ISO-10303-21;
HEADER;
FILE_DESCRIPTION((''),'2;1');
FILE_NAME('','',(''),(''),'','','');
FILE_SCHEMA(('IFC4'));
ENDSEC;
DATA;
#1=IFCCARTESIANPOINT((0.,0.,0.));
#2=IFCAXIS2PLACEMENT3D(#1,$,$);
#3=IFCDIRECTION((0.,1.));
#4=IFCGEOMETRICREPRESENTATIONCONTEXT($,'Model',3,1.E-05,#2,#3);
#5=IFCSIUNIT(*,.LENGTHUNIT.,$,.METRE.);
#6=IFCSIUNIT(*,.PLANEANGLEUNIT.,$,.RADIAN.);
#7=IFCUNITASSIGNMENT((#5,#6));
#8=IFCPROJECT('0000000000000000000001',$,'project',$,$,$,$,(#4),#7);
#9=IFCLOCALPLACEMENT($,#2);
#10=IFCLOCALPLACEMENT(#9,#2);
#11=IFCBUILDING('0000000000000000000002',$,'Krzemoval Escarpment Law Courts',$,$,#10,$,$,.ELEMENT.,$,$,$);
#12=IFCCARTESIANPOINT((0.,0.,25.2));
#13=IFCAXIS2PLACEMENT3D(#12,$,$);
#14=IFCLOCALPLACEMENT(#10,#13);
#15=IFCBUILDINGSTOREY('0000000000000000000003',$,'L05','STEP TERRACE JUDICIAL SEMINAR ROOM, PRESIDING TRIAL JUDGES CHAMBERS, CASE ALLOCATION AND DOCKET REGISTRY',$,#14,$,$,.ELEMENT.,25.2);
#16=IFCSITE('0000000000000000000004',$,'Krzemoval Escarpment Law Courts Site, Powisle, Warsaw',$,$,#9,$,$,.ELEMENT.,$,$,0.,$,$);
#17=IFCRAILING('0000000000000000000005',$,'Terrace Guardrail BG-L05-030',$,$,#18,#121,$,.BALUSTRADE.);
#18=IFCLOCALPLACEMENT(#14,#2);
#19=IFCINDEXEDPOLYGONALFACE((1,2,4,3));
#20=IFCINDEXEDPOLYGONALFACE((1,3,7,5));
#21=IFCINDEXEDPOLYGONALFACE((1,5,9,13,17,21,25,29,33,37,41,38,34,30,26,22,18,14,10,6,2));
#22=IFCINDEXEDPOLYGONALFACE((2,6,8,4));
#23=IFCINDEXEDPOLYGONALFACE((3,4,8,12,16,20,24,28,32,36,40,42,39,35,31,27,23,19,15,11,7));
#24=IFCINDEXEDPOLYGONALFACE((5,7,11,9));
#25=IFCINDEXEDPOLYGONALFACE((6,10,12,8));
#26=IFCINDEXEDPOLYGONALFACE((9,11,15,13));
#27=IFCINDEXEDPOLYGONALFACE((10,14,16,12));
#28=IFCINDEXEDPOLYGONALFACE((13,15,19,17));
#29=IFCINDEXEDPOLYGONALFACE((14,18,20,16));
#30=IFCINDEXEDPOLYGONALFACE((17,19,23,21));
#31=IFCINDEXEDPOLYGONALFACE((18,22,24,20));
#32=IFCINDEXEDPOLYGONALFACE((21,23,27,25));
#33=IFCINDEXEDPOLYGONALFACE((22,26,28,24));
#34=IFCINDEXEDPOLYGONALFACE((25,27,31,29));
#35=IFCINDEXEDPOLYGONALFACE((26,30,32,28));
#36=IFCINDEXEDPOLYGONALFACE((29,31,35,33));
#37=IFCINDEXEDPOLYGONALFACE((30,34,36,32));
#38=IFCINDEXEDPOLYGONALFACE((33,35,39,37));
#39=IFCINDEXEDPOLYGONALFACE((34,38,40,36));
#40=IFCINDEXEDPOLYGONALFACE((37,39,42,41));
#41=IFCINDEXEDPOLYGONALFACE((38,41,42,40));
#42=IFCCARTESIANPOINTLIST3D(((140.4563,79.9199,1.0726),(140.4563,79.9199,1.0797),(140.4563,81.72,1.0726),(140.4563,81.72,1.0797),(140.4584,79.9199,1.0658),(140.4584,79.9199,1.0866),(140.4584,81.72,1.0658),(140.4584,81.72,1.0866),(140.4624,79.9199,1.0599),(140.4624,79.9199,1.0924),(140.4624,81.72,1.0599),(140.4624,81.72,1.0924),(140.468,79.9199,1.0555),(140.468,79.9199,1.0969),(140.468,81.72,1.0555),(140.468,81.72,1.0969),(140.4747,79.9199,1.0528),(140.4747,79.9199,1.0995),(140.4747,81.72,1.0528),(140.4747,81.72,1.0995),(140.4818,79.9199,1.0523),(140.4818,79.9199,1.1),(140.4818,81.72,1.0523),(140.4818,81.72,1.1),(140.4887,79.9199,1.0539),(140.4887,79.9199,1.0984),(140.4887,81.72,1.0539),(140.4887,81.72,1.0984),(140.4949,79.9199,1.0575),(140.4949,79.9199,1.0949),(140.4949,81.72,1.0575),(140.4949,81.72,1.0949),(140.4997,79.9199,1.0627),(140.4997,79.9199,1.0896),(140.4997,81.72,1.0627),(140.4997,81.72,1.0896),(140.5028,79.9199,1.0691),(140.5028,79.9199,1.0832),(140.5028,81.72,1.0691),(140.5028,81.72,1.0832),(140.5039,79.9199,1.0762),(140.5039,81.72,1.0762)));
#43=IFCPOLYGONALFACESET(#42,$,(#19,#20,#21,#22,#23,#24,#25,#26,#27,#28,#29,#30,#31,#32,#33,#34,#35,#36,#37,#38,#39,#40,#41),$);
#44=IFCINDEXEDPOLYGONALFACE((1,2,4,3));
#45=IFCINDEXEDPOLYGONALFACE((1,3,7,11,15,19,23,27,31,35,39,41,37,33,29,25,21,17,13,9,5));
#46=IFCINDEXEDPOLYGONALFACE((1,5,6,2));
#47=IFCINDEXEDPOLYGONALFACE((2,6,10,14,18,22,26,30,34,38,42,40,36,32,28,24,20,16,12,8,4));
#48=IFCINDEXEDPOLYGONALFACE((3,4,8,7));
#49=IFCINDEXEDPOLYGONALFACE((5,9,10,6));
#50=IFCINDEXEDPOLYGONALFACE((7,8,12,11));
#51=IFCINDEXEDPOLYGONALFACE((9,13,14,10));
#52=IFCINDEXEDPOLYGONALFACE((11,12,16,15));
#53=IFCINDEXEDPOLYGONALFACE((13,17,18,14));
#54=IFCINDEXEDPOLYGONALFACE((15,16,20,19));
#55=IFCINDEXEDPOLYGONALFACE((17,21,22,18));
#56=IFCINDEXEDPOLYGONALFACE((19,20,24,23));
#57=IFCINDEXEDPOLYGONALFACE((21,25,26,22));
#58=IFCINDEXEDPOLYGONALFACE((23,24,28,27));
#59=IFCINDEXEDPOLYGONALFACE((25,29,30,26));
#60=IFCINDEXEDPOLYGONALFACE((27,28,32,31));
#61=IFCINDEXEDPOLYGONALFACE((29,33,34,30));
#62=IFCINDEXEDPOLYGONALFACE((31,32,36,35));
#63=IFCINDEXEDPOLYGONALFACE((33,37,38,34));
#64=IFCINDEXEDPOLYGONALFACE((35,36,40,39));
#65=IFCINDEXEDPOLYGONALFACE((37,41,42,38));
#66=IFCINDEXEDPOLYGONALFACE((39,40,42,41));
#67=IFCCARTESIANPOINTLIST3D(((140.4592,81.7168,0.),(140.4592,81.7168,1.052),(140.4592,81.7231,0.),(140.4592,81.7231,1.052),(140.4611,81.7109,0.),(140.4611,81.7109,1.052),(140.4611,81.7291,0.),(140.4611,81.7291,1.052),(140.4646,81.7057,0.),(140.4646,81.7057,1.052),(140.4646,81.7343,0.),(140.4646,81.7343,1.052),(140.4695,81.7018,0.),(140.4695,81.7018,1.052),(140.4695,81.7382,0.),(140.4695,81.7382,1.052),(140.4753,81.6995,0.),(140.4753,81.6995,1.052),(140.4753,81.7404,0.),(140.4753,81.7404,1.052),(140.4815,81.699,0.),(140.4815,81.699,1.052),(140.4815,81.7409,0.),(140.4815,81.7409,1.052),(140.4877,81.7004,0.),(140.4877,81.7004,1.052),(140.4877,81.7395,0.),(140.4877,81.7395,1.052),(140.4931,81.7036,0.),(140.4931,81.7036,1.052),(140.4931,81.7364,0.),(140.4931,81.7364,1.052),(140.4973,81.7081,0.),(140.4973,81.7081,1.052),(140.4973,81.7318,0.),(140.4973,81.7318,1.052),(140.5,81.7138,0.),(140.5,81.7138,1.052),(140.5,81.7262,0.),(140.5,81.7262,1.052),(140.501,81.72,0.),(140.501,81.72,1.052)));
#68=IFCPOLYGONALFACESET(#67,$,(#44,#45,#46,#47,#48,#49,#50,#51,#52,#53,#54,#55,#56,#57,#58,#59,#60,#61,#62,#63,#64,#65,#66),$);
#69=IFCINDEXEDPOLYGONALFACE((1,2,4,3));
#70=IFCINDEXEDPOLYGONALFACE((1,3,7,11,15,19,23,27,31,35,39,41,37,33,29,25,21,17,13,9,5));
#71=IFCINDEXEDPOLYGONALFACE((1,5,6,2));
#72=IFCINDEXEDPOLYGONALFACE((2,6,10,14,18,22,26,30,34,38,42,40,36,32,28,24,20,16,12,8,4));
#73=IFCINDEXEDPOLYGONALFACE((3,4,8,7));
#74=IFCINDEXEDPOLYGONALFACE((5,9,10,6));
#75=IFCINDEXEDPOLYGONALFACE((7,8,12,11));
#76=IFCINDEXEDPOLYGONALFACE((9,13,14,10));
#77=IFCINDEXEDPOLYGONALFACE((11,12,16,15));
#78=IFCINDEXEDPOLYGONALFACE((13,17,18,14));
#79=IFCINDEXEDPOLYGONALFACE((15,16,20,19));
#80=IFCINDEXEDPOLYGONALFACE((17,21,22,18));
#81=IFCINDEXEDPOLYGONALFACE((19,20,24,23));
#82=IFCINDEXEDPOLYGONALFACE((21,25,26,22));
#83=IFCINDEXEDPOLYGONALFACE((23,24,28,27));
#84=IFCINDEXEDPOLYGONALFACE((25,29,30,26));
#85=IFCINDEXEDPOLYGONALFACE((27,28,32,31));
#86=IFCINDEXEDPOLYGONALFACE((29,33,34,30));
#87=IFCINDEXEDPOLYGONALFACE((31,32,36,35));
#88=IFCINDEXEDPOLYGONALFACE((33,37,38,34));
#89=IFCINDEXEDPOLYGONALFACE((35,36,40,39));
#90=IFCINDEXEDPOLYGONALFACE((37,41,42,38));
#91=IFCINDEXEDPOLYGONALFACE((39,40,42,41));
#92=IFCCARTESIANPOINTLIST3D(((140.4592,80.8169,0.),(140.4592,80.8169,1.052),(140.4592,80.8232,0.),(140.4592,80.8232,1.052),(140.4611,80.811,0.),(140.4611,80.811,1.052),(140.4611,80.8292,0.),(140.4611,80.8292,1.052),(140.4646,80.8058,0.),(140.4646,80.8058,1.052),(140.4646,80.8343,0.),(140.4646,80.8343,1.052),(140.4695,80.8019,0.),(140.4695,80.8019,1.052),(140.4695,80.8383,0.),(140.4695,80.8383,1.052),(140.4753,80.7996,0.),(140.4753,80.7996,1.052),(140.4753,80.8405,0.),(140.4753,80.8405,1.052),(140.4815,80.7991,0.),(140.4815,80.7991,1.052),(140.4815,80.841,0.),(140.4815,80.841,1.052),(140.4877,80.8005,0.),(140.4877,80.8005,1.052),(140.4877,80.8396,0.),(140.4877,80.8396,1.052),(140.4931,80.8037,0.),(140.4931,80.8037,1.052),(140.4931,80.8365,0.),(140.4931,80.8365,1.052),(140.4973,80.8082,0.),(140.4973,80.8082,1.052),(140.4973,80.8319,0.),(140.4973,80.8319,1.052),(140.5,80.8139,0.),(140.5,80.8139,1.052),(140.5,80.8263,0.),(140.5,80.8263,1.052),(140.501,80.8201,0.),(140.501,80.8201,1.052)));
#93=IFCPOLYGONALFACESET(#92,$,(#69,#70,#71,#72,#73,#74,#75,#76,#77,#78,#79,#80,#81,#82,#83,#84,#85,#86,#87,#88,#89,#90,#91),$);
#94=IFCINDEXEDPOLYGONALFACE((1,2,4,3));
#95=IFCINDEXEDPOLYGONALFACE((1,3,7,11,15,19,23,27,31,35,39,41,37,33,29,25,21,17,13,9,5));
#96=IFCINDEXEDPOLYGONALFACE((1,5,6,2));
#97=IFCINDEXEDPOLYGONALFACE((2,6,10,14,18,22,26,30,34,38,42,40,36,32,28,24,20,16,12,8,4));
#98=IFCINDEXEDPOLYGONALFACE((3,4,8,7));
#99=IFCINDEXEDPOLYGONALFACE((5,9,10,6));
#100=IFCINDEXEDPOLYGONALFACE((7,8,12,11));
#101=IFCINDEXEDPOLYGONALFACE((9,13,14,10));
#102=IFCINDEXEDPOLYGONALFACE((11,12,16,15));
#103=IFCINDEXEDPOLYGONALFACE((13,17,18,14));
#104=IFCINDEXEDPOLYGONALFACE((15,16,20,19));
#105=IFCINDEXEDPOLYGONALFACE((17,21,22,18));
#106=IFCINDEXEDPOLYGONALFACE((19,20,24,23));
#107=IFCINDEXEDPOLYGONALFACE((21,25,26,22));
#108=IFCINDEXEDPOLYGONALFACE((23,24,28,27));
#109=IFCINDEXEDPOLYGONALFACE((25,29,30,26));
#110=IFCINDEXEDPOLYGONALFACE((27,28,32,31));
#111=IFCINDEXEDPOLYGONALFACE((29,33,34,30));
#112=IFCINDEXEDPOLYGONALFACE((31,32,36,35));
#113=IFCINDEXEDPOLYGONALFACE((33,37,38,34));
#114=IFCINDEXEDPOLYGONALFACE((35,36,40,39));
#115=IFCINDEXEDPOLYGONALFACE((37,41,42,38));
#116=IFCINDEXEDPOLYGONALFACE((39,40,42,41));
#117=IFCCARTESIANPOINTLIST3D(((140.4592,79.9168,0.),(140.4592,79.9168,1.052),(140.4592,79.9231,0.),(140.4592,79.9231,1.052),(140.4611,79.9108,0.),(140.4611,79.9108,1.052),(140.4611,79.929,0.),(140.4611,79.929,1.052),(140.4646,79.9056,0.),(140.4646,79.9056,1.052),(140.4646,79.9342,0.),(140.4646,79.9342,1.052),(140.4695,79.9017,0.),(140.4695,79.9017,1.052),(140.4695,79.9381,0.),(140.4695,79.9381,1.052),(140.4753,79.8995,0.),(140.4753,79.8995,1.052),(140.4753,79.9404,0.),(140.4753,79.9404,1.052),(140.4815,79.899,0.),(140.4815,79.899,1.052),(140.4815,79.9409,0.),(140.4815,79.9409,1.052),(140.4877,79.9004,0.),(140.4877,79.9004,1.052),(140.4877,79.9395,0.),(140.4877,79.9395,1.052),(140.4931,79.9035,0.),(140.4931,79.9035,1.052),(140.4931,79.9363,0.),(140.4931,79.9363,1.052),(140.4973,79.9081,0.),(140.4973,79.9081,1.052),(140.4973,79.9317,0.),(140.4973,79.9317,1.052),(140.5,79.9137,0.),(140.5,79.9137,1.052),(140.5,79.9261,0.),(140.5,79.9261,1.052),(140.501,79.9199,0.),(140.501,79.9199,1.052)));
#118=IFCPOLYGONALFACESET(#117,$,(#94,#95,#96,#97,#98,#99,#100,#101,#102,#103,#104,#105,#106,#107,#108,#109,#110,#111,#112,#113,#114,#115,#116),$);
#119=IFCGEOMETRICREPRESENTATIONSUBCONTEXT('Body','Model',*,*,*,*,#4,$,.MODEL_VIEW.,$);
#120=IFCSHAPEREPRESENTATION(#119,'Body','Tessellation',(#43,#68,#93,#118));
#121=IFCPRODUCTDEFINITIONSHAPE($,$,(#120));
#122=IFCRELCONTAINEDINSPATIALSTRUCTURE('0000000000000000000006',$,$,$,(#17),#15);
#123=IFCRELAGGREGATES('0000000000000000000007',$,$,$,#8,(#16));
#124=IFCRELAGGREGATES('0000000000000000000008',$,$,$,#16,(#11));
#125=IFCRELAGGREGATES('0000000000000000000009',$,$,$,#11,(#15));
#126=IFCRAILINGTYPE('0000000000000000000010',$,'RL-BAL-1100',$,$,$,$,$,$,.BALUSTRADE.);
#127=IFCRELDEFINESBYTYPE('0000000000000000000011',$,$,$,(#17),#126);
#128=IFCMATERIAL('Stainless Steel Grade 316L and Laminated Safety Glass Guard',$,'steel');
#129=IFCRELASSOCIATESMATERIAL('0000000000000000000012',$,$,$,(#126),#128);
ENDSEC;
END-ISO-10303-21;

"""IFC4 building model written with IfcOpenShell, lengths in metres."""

from ifc_helpers import new_model, si_unit, direction, frame, origin, origin_2d, place, context, subcontext, project, spatial, circle, extrude, material, type_object, element, save


model = new_model("IFC4")

# Units and contexts
model_context = context("Model", 3, precision=1e-05, world=origin(), true_north=direction((0.0, 1.0)))
body_context = subcontext(model_context, "Body", "Model", "MODEL_VIEW")
ifc_project = project(units=[si_unit("LENGTHUNIT", "METRE"), si_unit("PLANEANGLEUNIT", "RADIAN")], contexts=[model_context])

# Site, building, storey
site_placement = place(None, origin())
site = spatial("IfcSite", under=ifc_project, at=site_placement, Name="Krzemoval Escarpment Law Courts Site, Powisle, Warsaw", CompositionType="ELEMENT", RefElevation=0.0)
building_placement = place(site_placement, origin())
building = spatial("IfcBuilding", under=site, at=building_placement, Name="Krzemoval Escarpment Law Courts", CompositionType="ELEMENT")
storey_placement = place(building_placement, frame((0.0, 0.0, 25.2)))
storey = spatial("IfcBuildingStorey", under=building, at=storey_placement, Name="L05", Description="STEP TERRACE JUDICIAL SEMINAR ROOM, PRESIDING TRIAL JUDGES CHAMBERS, CASE ALLOCATION AND DOCKET REGISTRY", CompositionType="ELEMENT", Elevation=25.2)

# Railing
ifc_material_1 = material(Name="Stainless Steel Grade 316L and Laminated Safety Glass Guard", Category="steel")
railing_type = type_object("IfcRailingType", Name="RL-BAL-1100", PredefinedType="BALUSTRADE", material=ifc_material_1)
railing_1_placement = place(storey_placement, frame((140.48, 81.72, 0.0)))
element("IfcRailing", 1, at=railing_1_placement, inside=storey, type_object=railing_type, Name="Terrace Guardrail BG-L05-030", PredefinedType="BALUSTRADE", context=body_context, shape_type="SweptSolid", body=[
    extrude(circle(Radius=0.0239, at=origin_2d()), frame((0.0, 0.0, 1.0762), z_axis=(0.0, -1.0, 0.0), x_axis=(1.0, 0.0, 0.0)), (0.0, 0.0, 1.0), 1.8),
    extrude(circle(Radius=0.021, at=origin_2d()), origin(), (0.0, 0.0, 1.0), 1.052),
    extrude(circle(Radius=0.021, at=origin_2d()), frame((0.0, -0.8999, 0.0)), (0.0, 0.0, 1.0), 1.052),
    extrude(circle(Radius=0.021, at=origin_2d()), frame((0.0, -1.8, 0.0)), (0.0, 0.0, 1.0), 1.052),
])

save(model, "model.ifc")
